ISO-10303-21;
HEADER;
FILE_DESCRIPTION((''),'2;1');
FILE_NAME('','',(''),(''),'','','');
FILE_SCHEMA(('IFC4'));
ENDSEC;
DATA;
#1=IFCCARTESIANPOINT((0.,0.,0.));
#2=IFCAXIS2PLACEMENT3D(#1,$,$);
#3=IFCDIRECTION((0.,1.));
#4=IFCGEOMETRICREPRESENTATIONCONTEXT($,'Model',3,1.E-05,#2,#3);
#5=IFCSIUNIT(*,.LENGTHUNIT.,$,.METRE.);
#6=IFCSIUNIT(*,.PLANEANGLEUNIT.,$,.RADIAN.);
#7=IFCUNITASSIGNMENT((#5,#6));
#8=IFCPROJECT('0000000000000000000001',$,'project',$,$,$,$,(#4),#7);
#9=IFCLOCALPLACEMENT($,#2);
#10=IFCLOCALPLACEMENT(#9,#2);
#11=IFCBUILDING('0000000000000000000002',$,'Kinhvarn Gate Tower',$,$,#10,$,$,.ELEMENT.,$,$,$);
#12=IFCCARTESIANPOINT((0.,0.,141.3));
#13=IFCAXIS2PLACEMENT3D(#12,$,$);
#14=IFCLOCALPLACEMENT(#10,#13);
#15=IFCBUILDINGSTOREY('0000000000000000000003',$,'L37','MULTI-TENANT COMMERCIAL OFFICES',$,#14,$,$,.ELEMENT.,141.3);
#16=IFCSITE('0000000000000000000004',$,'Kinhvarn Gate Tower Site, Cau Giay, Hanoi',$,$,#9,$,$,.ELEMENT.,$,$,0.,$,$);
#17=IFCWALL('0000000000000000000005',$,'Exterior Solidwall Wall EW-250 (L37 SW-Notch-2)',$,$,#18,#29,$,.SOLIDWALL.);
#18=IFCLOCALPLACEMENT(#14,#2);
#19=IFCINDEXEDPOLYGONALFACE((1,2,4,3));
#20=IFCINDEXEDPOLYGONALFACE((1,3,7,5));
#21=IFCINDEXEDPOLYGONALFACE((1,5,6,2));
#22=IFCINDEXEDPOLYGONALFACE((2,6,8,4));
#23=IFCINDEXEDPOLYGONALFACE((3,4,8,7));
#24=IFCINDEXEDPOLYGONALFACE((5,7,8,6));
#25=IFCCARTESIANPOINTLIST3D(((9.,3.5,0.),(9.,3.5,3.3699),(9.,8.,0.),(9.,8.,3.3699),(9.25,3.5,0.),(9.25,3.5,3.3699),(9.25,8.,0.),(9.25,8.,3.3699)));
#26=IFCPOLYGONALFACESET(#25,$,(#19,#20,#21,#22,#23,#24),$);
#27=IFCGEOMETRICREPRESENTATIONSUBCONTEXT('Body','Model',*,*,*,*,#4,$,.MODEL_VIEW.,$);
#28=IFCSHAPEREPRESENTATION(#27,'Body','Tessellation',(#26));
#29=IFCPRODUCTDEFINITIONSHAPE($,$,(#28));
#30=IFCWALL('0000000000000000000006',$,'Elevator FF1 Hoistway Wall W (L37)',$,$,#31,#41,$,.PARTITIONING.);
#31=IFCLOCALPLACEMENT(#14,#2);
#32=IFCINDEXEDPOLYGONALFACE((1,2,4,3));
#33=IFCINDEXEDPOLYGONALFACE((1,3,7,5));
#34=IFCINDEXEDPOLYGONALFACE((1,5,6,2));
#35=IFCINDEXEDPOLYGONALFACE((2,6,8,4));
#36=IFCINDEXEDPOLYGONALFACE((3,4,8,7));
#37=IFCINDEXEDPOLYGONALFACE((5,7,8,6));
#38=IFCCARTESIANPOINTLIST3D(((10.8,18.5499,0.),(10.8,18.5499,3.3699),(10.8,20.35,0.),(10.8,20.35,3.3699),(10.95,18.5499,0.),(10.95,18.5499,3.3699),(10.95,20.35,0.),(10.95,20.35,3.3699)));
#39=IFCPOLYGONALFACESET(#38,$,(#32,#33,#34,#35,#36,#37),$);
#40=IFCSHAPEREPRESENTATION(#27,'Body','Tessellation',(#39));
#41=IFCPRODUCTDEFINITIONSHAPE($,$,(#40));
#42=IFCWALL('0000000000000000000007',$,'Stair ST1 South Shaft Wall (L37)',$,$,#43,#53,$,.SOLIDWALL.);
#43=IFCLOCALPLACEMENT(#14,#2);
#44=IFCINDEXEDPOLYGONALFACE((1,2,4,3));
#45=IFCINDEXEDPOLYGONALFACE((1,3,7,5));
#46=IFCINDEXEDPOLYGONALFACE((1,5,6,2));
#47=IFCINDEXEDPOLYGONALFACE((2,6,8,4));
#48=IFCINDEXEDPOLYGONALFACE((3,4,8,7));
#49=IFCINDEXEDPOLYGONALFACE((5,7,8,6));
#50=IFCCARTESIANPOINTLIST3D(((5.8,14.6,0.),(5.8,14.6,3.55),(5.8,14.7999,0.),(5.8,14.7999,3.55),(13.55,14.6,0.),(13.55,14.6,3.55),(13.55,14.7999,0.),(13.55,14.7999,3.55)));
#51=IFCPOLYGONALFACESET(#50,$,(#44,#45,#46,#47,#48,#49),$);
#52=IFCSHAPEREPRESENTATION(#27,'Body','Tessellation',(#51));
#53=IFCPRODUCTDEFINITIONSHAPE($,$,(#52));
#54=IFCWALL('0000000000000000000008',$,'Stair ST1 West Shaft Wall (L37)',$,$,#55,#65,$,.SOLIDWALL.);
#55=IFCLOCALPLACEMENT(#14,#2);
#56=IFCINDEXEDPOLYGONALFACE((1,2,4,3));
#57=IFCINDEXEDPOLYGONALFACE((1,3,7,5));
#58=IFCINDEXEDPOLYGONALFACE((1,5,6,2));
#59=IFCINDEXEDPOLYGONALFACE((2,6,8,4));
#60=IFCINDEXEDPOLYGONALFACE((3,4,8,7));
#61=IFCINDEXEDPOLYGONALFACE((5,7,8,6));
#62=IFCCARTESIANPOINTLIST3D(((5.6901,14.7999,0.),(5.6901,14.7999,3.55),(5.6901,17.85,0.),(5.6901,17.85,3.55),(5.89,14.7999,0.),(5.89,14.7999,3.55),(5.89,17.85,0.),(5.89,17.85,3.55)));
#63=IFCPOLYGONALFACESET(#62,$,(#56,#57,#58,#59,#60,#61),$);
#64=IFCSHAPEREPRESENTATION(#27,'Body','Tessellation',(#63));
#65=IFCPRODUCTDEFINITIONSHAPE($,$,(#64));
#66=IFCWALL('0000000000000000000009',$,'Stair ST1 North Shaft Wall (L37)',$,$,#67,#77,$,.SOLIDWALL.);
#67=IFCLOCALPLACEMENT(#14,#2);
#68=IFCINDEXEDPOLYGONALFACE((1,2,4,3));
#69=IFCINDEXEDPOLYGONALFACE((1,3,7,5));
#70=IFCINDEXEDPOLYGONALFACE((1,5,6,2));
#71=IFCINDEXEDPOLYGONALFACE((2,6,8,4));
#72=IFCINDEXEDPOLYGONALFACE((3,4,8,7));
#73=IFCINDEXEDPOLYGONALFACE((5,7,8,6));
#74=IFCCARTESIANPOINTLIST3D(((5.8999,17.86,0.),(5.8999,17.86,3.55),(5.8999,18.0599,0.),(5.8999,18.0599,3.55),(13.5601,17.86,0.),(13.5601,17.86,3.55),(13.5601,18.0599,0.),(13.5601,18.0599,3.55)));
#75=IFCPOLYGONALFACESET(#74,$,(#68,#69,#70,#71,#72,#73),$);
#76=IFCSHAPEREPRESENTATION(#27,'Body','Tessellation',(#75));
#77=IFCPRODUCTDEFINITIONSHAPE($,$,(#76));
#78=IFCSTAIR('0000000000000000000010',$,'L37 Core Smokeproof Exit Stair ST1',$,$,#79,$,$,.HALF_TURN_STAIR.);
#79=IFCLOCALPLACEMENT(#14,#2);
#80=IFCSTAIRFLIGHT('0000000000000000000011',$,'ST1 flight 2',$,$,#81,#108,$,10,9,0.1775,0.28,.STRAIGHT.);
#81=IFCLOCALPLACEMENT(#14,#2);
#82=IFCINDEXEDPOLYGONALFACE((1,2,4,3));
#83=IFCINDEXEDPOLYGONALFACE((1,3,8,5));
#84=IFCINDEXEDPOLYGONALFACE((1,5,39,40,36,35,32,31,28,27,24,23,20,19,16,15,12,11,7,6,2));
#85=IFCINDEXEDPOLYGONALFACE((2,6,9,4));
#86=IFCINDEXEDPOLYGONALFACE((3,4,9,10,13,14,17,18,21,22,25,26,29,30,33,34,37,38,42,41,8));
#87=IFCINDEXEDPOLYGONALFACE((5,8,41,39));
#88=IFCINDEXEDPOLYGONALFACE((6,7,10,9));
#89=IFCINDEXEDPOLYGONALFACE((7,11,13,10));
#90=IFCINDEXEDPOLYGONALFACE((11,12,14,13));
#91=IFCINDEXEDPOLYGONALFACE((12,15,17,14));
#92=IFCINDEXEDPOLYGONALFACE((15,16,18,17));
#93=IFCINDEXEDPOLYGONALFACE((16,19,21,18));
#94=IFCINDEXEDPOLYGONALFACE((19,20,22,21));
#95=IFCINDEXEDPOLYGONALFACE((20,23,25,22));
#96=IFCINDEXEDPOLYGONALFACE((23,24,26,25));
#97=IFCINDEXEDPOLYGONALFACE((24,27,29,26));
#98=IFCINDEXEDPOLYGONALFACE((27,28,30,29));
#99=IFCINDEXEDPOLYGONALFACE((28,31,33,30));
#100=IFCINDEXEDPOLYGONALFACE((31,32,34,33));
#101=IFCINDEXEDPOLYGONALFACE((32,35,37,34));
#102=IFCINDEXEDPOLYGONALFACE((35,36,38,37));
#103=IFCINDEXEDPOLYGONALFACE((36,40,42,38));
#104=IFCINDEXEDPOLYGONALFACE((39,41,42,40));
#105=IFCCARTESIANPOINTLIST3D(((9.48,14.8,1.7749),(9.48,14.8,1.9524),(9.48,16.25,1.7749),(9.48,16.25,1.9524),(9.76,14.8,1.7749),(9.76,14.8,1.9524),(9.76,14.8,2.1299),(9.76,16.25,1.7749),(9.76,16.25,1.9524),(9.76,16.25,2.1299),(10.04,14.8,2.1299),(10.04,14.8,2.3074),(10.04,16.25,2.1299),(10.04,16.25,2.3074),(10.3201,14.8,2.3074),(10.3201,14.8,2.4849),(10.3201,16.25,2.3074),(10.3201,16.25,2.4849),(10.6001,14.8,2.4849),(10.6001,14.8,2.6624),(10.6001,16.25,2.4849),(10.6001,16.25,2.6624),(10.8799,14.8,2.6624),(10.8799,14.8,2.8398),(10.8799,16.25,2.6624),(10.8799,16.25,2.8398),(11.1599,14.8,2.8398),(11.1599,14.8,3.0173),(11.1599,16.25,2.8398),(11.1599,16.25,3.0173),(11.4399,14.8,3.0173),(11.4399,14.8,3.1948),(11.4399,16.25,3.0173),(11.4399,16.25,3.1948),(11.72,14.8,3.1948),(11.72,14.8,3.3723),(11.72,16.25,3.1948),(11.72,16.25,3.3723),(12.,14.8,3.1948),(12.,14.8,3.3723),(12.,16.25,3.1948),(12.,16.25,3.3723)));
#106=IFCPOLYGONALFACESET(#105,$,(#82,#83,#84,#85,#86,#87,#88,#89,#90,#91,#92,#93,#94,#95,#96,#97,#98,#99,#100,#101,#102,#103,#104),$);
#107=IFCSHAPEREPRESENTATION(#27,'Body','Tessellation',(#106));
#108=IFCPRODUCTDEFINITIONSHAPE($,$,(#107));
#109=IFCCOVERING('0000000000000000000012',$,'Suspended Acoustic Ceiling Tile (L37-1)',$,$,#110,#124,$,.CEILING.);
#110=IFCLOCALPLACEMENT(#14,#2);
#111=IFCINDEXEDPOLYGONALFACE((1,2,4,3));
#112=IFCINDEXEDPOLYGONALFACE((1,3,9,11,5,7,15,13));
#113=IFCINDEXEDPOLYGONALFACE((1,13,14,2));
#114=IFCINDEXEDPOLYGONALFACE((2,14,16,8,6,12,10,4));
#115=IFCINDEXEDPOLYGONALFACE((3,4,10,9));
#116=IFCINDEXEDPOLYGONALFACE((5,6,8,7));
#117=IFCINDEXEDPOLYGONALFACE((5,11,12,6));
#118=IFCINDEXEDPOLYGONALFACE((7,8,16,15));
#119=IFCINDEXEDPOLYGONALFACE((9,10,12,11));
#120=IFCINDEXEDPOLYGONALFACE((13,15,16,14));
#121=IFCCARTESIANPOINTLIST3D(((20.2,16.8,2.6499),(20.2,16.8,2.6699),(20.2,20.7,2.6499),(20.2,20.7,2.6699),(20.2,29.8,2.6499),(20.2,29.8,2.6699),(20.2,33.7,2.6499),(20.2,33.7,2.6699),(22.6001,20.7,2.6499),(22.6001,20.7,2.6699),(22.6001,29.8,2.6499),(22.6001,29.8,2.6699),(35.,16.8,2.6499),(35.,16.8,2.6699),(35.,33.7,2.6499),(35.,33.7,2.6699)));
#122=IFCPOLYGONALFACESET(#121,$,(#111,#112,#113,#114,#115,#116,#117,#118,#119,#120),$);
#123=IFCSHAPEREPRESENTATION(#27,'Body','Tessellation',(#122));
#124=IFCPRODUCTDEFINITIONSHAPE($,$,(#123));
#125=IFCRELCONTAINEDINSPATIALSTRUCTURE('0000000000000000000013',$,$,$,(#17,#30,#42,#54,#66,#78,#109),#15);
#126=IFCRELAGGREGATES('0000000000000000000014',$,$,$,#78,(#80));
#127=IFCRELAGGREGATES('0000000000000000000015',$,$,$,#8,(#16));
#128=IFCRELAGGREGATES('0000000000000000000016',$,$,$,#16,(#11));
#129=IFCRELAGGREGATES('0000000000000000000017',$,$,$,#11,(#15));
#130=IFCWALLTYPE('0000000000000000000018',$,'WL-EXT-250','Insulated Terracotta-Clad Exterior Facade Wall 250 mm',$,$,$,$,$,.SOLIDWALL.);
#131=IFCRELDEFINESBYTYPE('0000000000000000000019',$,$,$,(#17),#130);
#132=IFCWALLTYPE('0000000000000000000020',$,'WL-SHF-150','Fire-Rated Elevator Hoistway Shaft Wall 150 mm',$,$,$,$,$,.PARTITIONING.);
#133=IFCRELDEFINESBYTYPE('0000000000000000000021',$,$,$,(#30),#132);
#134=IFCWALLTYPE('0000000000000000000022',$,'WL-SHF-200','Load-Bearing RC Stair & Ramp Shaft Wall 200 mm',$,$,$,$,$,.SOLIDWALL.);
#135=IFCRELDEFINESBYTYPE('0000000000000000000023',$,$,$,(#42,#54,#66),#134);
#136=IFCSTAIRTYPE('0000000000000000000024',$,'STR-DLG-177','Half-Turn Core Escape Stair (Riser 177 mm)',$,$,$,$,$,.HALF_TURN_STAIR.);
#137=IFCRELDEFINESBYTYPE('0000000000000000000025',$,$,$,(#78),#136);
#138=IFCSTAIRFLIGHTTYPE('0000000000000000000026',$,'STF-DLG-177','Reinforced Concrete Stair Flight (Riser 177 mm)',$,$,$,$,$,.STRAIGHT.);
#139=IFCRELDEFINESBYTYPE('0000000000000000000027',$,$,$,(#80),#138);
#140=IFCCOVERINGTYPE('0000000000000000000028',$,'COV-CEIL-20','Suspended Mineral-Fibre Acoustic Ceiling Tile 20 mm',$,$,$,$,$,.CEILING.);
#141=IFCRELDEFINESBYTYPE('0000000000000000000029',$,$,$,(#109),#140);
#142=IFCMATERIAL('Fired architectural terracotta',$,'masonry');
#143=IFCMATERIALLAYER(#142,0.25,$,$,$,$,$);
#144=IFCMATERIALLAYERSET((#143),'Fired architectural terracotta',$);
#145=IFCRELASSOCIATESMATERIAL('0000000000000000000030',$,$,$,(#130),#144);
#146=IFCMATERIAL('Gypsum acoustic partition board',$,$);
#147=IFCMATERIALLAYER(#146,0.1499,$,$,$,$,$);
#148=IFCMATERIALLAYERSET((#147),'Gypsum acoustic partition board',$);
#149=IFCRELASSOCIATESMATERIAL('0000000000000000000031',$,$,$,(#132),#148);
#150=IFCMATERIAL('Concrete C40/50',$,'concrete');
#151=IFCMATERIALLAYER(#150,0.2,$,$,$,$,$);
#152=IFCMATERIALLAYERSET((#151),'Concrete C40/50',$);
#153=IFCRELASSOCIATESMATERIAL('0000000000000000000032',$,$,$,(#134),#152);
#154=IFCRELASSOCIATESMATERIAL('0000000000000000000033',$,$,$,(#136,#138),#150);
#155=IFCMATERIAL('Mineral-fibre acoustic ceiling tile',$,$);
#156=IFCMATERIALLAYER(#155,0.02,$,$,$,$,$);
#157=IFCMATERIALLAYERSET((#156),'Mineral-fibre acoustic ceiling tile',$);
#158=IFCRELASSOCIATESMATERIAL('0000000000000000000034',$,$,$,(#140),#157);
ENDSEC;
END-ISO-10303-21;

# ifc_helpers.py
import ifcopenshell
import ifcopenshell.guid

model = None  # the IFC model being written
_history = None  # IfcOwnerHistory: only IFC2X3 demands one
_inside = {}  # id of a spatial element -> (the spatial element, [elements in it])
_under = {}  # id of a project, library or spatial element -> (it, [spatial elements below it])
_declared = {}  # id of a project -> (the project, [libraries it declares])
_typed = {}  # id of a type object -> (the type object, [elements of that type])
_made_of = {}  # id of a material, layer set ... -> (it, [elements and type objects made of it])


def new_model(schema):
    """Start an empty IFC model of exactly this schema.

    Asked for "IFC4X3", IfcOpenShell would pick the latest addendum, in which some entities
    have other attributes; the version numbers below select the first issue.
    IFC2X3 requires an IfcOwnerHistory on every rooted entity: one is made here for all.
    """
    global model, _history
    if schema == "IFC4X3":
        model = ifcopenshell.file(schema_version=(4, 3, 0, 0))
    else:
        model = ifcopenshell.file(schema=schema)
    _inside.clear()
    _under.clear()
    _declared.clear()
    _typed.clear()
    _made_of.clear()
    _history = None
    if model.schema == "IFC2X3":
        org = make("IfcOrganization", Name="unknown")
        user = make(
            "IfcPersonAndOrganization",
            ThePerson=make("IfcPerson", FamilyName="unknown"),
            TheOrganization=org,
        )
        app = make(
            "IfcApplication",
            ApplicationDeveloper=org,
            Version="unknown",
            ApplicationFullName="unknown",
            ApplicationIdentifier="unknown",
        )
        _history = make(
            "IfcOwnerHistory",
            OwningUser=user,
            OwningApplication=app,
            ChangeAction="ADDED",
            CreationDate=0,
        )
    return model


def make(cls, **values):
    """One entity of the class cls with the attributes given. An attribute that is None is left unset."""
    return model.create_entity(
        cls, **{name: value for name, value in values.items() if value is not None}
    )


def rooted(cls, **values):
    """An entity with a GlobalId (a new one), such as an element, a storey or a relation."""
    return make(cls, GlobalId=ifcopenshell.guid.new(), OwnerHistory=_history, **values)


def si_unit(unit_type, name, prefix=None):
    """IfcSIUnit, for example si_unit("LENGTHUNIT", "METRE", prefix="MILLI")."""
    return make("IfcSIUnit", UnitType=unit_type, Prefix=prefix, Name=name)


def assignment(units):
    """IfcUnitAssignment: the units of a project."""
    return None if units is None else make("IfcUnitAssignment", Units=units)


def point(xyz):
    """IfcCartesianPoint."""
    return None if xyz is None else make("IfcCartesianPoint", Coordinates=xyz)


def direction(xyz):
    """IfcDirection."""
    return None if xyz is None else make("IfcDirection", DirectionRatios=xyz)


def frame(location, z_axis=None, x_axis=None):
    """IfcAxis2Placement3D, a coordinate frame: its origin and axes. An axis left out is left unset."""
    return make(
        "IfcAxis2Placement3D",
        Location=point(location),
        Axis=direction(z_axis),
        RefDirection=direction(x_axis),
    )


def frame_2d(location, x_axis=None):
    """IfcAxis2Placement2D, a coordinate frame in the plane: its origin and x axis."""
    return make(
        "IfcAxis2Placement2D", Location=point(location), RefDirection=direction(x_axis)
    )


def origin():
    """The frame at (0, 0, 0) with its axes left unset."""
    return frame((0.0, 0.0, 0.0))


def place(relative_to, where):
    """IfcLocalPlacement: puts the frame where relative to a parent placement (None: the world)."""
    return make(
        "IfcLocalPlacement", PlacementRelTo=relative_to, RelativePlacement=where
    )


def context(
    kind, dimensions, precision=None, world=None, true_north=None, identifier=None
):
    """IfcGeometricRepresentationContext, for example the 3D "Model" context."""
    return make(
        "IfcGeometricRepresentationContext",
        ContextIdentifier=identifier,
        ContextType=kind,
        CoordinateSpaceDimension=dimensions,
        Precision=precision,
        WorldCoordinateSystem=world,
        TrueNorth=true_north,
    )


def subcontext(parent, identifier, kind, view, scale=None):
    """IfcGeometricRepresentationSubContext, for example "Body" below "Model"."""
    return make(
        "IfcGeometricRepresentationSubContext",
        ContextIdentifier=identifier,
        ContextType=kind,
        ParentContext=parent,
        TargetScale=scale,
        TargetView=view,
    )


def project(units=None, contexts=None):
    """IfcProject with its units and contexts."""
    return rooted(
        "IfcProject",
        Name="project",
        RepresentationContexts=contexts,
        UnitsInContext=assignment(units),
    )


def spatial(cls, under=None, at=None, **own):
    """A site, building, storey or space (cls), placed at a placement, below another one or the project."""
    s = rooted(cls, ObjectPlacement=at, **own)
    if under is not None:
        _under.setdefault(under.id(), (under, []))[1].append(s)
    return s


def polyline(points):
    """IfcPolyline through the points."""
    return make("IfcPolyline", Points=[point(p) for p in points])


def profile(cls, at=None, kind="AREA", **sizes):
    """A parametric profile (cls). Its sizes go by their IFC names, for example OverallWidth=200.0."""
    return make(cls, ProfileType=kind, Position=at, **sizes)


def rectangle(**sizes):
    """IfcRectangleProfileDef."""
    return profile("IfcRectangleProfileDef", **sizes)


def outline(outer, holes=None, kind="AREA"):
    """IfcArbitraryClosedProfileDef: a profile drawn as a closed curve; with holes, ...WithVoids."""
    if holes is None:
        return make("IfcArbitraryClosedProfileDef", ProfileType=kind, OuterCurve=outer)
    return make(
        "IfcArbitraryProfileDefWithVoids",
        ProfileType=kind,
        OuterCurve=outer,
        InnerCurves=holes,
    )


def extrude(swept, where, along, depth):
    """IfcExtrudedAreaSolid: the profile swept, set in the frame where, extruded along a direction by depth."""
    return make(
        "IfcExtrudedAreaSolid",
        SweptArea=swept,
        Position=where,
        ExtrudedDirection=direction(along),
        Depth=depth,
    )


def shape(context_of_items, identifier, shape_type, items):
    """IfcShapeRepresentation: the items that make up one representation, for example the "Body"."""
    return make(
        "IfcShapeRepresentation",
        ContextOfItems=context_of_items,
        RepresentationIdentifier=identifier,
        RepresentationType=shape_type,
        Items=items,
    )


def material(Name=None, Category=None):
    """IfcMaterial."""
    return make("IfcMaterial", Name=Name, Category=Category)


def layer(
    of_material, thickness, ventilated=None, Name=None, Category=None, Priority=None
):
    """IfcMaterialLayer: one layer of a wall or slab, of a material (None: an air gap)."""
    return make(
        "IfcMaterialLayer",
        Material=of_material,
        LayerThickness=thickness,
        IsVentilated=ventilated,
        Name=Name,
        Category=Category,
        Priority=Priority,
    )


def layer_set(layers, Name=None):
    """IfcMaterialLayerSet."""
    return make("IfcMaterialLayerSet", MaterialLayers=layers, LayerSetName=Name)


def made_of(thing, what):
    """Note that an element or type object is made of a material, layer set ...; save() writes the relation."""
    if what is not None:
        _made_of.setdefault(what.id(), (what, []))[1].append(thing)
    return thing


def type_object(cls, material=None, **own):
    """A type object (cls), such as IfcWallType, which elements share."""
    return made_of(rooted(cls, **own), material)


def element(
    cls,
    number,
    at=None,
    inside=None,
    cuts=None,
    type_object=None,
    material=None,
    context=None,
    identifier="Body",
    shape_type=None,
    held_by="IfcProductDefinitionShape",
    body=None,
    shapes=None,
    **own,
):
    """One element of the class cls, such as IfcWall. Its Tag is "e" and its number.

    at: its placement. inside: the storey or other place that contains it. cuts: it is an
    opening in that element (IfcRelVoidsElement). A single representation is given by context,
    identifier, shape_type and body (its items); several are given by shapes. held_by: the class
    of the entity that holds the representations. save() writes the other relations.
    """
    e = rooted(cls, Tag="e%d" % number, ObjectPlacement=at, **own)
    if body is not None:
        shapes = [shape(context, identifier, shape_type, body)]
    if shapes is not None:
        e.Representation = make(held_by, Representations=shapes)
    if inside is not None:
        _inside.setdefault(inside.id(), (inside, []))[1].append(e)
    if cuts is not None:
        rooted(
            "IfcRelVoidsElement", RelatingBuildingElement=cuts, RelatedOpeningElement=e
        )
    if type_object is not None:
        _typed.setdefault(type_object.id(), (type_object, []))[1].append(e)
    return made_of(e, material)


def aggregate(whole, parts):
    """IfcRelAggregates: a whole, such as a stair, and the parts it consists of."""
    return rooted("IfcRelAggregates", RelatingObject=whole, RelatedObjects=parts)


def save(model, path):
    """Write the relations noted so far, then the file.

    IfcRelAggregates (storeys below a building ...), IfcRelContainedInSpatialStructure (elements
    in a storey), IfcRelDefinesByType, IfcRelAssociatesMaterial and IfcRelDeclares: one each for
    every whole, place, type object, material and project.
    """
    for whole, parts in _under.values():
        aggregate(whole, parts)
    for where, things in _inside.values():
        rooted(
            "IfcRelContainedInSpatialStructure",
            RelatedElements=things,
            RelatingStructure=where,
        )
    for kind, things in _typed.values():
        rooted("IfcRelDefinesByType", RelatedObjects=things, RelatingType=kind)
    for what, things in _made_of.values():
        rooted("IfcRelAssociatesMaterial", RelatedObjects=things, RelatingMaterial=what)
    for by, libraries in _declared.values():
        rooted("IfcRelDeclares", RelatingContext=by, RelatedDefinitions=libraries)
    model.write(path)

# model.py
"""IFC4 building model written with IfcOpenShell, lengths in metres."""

from ifc_helpers import new_model, si_unit, direction, frame, frame_2d, origin, place, context, subcontext, project, spatial, polyline, rectangle, outline, extrude, material, layer, layer_set, type_object, element, aggregate, save


model = new_model("IFC4")

# Units and contexts
model_context = context("Model", 3, precision=1e-05, world=origin(), true_north=direction((0.0, 1.0)))
body_context = subcontext(model_context, "Body", "Model", "MODEL_VIEW")
ifc_project = project(units=[si_unit("LENGTHUNIT", "METRE"), si_unit("PLANEANGLEUNIT", "RADIAN")], contexts=[model_context])

# Site, building, storey
site_placement = place(None, origin())
site = spatial("IfcSite", under=ifc_project, at=site_placement, Name="Kinhvarn Gate Tower Site, Cau Giay, Hanoi", CompositionType="ELEMENT", RefElevation=0.0)
building_placement = place(site_placement, origin())
building = spatial("IfcBuilding", under=site, at=building_placement, Name="Kinhvarn Gate Tower", CompositionType="ELEMENT")
storey_placement = place(building_placement, frame((0.0, 0.0, 141.3)))
storey = spatial("IfcBuildingStorey", under=building, at=storey_placement, Name="L37", Description="MULTI-TENANT COMMERCIAL OFFICES", CompositionType="ELEMENT", Elevation=141.3)

# Shared definitions
ifc_material_1 = material(Name="Fired architectural terracotta", Category="masonry")
ifc_layer_1 = layer(ifc_material_1, 0.25)
ifc_layer_set_1 = layer_set([ifc_layer_1], Name="Fired architectural terracotta")
wall_type_1 = type_object("IfcWallType", Name="WL-EXT-250", Description="Insulated Terracotta-Clad Exterior Facade Wall 250 mm", PredefinedType="SOLIDWALL", material=ifc_layer_set_1)

# Walls
wall_1_placement = place(storey_placement, frame((9.125, 8.0, 0.0), z_axis=(0.0, 0.0, 1.0), x_axis=(0.0, -1.0, 0.0)))
element("IfcWall", 1, at=wall_1_placement, inside=storey, type_object=wall_type_1, Name="Exterior Solidwall Wall EW-250 (L37 SW-Notch-2)", PredefinedType="SOLIDWALL", context=body_context, shape_type="SweptSolid", body=[
    extrude(rectangle(XDim=4.5, YDim=0.25, at=frame_2d((2.25, 0.0))), origin(), (0.0, 0.0, 1.0), 3.3699),
])
ifc_material_2 = material(Name="Gypsum acoustic partition board")
ifc_layer_2 = layer(ifc_material_2, 0.1499)
ifc_layer_set_2 = layer_set([ifc_layer_2], Name="Gypsum acoustic partition board")
wall_type_2 = type_object("IfcWallType", Name="WL-SHF-150", Description="Fire-Rated Elevator Hoistway Shaft Wall 150 mm", PredefinedType="PARTITIONING", material=ifc_layer_set_2)
wall_2_placement = place(storey_placement, frame((10.875, 18.55, 0.0), z_axis=(0.0, 0.0, 1.0), x_axis=(0.0, 1.0, 0.0)))
element("IfcWall", 2, at=wall_2_placement, inside=storey, type_object=wall_type_2, Name="Elevator FF1 Hoistway Wall W (L37)", PredefinedType="PARTITIONING", context=body_context, shape_type="SweptSolid", body=[
    extrude(rectangle(XDim=1.8, YDim=0.1499, at=frame_2d((0.8999, 0.0))), origin(), (0.0, 0.0, 1.0), 3.3699),
])
ifc_material_3 = material(Name="Concrete C40/50", Category="concrete")
ifc_layer_3 = layer(ifc_material_3, 0.2)
ifc_layer_set_3 = layer_set([ifc_layer_3], Name="Concrete C40/50")
wall_type_3 = type_object("IfcWallType", Name="WL-SHF-200", Description="Load-Bearing RC Stair & Ramp Shaft Wall 200 mm", PredefinedType="SOLIDWALL", material=ifc_layer_set_3)
wall_3_placement = place(storey_placement, frame((5.8, 14.7, 0.0), z_axis=(0.0, 0.0, 1.0), x_axis=(1.0, 0.0, 0.0)))
element("IfcWall", 3, at=wall_3_placement, inside=storey, type_object=wall_type_3, Name="Stair ST1 South Shaft Wall (L37)", PredefinedType="SOLIDWALL", context=body_context, shape_type="SweptSolid", body=[
    extrude(rectangle(XDim=7.75, YDim=0.2, at=frame_2d((3.875, 0.0))), origin(), (0.0, 0.0, 1.0), 3.55),
])
wall_4_placement = place(storey_placement, frame((5.79, 14.8, 0.0), z_axis=(0.0, 0.0, 1.0), x_axis=(0.0, 1.0, 0.0)))
element("IfcWall", 4, at=wall_4_placement, inside=storey, type_object=wall_type_3, Name="Stair ST1 West Shaft Wall (L37)", PredefinedType="SOLIDWALL", context=body_context, shape_type="SweptSolid", body=[
    extrude(rectangle(XDim=3.05, YDim=0.2, at=frame_2d((1.5249, 0.0))), origin(), (0.0, 0.0, 1.0), 3.55),
])
wall_5_placement = place(storey_placement, frame((5.8999, 17.96, 0.0), z_axis=(0.0, 0.0, 1.0), x_axis=(1.0, 0.0, 0.0)))
element("IfcWall", 5, at=wall_5_placement, inside=storey, type_object=wall_type_3, Name="Stair ST1 North Shaft Wall (L37)", PredefinedType="SOLIDWALL", context=body_context, shape_type="SweptSolid", body=[
    extrude(rectangle(XDim=7.6602, YDim=0.2, at=frame_2d((3.8301, 0.0))), origin(), (0.0, 0.0, 1.0), 3.55),
])

# Stair, stair flight
stair_type = type_object("IfcStairType", Name="STR-DLG-177", Description="Half-Turn Core Escape Stair (Riser 177 mm)", PredefinedType="HALF_TURN_STAIR", material=ifc_material_3)
stair_placement = place(storey_placement, origin())
stair = element("IfcStair", 6, at=stair_placement, inside=storey, type_object=stair_type, Name="L37 Core Smokeproof Exit Stair ST1", PredefinedType="HALF_TURN_STAIR")
stair_flight_type = type_object("IfcStairFlightType", Name="STF-DLG-177", Description="Reinforced Concrete Stair Flight (Riser 177 mm)", PredefinedType="STRAIGHT", material=ifc_material_3)
stair_flight_placement = place(storey_placement, frame((9.48, 15.5249, 1.7749), z_axis=(0.0, 0.0, 1.0), x_axis=(1.0, 0.0, 0.0)))
stair_flight = element("IfcStairFlight", 7, at=stair_flight_placement, type_object=stair_flight_type, Name="ST1 flight 2", NumberOfRisers=10, NumberOfTreads=9, PredefinedType="STRAIGHT", RiserHeight=0.1775, TreadLength=0.28, context=body_context, shape_type="SweptSolid", body=[
    extrude(outline(polyline([(0.0, 0.0), (0.0, 0.1775), (0.28, 0.1775), (0.28, 0.355), (0.5601, 0.355), (0.5601, 0.5325), (0.8401, 0.5325), (0.8401, 0.71), (1.1201, 0.71), (1.1201, 0.8875), (1.3999, 0.8875), (1.3999, 1.0649), (1.6799, 1.0649), (1.6799, 1.2424), (1.96, 1.2424), (1.96, 1.4199), (2.24, 1.4199), (2.24, 1.5974), (2.52, 1.5974), (2.52, 1.7749), (2.52, 1.4199), (0.28, 0.0), (0.0, 0.0)])), frame((0.0, 0.7251, 0.0), z_axis=(0.0, -1.0, 0.0), x_axis=(1.0, 0.0, 0.0)), (0.0, 0.0, 1.0), 1.45),
])
aggregate(stair, [stair_flight])

# Covering
ifc_material_4 = material(Name="Mineral-fibre acoustic ceiling tile")
ifc_layer_4 = layer(ifc_material_4, 0.02)
ifc_layer_set_4 = layer_set([ifc_layer_4], Name="Mineral-fibre acoustic ceiling tile")
covering_type = type_object("IfcCoveringType", Name="COV-CEIL-20", Description="Suspended Mineral-Fibre Acoustic Ceiling Tile 20 mm", PredefinedType="CEILING", material=ifc_layer_set_4)
covering_placement = place(storey_placement, frame((0.0, 0.0, 2.6499)))
element("IfcCovering", 8, at=covering_placement, inside=storey, type_object=covering_type, Name="Suspended Acoustic Ceiling Tile (L37-1)", PredefinedType="CEILING", context=body_context, shape_type="SweptSolid", body=[
    extrude(outline(polyline([(35.0, 33.7), (35.0, 16.8), (20.2, 16.8), (20.2, 20.7), (22.6001, 20.7), (22.6001, 29.8), (20.2, 29.8), (20.2, 33.7), (35.0, 33.7)])), origin(), (0.0, 0.0, 1.0), 0.02),
])

save(model, "model.ifc")
